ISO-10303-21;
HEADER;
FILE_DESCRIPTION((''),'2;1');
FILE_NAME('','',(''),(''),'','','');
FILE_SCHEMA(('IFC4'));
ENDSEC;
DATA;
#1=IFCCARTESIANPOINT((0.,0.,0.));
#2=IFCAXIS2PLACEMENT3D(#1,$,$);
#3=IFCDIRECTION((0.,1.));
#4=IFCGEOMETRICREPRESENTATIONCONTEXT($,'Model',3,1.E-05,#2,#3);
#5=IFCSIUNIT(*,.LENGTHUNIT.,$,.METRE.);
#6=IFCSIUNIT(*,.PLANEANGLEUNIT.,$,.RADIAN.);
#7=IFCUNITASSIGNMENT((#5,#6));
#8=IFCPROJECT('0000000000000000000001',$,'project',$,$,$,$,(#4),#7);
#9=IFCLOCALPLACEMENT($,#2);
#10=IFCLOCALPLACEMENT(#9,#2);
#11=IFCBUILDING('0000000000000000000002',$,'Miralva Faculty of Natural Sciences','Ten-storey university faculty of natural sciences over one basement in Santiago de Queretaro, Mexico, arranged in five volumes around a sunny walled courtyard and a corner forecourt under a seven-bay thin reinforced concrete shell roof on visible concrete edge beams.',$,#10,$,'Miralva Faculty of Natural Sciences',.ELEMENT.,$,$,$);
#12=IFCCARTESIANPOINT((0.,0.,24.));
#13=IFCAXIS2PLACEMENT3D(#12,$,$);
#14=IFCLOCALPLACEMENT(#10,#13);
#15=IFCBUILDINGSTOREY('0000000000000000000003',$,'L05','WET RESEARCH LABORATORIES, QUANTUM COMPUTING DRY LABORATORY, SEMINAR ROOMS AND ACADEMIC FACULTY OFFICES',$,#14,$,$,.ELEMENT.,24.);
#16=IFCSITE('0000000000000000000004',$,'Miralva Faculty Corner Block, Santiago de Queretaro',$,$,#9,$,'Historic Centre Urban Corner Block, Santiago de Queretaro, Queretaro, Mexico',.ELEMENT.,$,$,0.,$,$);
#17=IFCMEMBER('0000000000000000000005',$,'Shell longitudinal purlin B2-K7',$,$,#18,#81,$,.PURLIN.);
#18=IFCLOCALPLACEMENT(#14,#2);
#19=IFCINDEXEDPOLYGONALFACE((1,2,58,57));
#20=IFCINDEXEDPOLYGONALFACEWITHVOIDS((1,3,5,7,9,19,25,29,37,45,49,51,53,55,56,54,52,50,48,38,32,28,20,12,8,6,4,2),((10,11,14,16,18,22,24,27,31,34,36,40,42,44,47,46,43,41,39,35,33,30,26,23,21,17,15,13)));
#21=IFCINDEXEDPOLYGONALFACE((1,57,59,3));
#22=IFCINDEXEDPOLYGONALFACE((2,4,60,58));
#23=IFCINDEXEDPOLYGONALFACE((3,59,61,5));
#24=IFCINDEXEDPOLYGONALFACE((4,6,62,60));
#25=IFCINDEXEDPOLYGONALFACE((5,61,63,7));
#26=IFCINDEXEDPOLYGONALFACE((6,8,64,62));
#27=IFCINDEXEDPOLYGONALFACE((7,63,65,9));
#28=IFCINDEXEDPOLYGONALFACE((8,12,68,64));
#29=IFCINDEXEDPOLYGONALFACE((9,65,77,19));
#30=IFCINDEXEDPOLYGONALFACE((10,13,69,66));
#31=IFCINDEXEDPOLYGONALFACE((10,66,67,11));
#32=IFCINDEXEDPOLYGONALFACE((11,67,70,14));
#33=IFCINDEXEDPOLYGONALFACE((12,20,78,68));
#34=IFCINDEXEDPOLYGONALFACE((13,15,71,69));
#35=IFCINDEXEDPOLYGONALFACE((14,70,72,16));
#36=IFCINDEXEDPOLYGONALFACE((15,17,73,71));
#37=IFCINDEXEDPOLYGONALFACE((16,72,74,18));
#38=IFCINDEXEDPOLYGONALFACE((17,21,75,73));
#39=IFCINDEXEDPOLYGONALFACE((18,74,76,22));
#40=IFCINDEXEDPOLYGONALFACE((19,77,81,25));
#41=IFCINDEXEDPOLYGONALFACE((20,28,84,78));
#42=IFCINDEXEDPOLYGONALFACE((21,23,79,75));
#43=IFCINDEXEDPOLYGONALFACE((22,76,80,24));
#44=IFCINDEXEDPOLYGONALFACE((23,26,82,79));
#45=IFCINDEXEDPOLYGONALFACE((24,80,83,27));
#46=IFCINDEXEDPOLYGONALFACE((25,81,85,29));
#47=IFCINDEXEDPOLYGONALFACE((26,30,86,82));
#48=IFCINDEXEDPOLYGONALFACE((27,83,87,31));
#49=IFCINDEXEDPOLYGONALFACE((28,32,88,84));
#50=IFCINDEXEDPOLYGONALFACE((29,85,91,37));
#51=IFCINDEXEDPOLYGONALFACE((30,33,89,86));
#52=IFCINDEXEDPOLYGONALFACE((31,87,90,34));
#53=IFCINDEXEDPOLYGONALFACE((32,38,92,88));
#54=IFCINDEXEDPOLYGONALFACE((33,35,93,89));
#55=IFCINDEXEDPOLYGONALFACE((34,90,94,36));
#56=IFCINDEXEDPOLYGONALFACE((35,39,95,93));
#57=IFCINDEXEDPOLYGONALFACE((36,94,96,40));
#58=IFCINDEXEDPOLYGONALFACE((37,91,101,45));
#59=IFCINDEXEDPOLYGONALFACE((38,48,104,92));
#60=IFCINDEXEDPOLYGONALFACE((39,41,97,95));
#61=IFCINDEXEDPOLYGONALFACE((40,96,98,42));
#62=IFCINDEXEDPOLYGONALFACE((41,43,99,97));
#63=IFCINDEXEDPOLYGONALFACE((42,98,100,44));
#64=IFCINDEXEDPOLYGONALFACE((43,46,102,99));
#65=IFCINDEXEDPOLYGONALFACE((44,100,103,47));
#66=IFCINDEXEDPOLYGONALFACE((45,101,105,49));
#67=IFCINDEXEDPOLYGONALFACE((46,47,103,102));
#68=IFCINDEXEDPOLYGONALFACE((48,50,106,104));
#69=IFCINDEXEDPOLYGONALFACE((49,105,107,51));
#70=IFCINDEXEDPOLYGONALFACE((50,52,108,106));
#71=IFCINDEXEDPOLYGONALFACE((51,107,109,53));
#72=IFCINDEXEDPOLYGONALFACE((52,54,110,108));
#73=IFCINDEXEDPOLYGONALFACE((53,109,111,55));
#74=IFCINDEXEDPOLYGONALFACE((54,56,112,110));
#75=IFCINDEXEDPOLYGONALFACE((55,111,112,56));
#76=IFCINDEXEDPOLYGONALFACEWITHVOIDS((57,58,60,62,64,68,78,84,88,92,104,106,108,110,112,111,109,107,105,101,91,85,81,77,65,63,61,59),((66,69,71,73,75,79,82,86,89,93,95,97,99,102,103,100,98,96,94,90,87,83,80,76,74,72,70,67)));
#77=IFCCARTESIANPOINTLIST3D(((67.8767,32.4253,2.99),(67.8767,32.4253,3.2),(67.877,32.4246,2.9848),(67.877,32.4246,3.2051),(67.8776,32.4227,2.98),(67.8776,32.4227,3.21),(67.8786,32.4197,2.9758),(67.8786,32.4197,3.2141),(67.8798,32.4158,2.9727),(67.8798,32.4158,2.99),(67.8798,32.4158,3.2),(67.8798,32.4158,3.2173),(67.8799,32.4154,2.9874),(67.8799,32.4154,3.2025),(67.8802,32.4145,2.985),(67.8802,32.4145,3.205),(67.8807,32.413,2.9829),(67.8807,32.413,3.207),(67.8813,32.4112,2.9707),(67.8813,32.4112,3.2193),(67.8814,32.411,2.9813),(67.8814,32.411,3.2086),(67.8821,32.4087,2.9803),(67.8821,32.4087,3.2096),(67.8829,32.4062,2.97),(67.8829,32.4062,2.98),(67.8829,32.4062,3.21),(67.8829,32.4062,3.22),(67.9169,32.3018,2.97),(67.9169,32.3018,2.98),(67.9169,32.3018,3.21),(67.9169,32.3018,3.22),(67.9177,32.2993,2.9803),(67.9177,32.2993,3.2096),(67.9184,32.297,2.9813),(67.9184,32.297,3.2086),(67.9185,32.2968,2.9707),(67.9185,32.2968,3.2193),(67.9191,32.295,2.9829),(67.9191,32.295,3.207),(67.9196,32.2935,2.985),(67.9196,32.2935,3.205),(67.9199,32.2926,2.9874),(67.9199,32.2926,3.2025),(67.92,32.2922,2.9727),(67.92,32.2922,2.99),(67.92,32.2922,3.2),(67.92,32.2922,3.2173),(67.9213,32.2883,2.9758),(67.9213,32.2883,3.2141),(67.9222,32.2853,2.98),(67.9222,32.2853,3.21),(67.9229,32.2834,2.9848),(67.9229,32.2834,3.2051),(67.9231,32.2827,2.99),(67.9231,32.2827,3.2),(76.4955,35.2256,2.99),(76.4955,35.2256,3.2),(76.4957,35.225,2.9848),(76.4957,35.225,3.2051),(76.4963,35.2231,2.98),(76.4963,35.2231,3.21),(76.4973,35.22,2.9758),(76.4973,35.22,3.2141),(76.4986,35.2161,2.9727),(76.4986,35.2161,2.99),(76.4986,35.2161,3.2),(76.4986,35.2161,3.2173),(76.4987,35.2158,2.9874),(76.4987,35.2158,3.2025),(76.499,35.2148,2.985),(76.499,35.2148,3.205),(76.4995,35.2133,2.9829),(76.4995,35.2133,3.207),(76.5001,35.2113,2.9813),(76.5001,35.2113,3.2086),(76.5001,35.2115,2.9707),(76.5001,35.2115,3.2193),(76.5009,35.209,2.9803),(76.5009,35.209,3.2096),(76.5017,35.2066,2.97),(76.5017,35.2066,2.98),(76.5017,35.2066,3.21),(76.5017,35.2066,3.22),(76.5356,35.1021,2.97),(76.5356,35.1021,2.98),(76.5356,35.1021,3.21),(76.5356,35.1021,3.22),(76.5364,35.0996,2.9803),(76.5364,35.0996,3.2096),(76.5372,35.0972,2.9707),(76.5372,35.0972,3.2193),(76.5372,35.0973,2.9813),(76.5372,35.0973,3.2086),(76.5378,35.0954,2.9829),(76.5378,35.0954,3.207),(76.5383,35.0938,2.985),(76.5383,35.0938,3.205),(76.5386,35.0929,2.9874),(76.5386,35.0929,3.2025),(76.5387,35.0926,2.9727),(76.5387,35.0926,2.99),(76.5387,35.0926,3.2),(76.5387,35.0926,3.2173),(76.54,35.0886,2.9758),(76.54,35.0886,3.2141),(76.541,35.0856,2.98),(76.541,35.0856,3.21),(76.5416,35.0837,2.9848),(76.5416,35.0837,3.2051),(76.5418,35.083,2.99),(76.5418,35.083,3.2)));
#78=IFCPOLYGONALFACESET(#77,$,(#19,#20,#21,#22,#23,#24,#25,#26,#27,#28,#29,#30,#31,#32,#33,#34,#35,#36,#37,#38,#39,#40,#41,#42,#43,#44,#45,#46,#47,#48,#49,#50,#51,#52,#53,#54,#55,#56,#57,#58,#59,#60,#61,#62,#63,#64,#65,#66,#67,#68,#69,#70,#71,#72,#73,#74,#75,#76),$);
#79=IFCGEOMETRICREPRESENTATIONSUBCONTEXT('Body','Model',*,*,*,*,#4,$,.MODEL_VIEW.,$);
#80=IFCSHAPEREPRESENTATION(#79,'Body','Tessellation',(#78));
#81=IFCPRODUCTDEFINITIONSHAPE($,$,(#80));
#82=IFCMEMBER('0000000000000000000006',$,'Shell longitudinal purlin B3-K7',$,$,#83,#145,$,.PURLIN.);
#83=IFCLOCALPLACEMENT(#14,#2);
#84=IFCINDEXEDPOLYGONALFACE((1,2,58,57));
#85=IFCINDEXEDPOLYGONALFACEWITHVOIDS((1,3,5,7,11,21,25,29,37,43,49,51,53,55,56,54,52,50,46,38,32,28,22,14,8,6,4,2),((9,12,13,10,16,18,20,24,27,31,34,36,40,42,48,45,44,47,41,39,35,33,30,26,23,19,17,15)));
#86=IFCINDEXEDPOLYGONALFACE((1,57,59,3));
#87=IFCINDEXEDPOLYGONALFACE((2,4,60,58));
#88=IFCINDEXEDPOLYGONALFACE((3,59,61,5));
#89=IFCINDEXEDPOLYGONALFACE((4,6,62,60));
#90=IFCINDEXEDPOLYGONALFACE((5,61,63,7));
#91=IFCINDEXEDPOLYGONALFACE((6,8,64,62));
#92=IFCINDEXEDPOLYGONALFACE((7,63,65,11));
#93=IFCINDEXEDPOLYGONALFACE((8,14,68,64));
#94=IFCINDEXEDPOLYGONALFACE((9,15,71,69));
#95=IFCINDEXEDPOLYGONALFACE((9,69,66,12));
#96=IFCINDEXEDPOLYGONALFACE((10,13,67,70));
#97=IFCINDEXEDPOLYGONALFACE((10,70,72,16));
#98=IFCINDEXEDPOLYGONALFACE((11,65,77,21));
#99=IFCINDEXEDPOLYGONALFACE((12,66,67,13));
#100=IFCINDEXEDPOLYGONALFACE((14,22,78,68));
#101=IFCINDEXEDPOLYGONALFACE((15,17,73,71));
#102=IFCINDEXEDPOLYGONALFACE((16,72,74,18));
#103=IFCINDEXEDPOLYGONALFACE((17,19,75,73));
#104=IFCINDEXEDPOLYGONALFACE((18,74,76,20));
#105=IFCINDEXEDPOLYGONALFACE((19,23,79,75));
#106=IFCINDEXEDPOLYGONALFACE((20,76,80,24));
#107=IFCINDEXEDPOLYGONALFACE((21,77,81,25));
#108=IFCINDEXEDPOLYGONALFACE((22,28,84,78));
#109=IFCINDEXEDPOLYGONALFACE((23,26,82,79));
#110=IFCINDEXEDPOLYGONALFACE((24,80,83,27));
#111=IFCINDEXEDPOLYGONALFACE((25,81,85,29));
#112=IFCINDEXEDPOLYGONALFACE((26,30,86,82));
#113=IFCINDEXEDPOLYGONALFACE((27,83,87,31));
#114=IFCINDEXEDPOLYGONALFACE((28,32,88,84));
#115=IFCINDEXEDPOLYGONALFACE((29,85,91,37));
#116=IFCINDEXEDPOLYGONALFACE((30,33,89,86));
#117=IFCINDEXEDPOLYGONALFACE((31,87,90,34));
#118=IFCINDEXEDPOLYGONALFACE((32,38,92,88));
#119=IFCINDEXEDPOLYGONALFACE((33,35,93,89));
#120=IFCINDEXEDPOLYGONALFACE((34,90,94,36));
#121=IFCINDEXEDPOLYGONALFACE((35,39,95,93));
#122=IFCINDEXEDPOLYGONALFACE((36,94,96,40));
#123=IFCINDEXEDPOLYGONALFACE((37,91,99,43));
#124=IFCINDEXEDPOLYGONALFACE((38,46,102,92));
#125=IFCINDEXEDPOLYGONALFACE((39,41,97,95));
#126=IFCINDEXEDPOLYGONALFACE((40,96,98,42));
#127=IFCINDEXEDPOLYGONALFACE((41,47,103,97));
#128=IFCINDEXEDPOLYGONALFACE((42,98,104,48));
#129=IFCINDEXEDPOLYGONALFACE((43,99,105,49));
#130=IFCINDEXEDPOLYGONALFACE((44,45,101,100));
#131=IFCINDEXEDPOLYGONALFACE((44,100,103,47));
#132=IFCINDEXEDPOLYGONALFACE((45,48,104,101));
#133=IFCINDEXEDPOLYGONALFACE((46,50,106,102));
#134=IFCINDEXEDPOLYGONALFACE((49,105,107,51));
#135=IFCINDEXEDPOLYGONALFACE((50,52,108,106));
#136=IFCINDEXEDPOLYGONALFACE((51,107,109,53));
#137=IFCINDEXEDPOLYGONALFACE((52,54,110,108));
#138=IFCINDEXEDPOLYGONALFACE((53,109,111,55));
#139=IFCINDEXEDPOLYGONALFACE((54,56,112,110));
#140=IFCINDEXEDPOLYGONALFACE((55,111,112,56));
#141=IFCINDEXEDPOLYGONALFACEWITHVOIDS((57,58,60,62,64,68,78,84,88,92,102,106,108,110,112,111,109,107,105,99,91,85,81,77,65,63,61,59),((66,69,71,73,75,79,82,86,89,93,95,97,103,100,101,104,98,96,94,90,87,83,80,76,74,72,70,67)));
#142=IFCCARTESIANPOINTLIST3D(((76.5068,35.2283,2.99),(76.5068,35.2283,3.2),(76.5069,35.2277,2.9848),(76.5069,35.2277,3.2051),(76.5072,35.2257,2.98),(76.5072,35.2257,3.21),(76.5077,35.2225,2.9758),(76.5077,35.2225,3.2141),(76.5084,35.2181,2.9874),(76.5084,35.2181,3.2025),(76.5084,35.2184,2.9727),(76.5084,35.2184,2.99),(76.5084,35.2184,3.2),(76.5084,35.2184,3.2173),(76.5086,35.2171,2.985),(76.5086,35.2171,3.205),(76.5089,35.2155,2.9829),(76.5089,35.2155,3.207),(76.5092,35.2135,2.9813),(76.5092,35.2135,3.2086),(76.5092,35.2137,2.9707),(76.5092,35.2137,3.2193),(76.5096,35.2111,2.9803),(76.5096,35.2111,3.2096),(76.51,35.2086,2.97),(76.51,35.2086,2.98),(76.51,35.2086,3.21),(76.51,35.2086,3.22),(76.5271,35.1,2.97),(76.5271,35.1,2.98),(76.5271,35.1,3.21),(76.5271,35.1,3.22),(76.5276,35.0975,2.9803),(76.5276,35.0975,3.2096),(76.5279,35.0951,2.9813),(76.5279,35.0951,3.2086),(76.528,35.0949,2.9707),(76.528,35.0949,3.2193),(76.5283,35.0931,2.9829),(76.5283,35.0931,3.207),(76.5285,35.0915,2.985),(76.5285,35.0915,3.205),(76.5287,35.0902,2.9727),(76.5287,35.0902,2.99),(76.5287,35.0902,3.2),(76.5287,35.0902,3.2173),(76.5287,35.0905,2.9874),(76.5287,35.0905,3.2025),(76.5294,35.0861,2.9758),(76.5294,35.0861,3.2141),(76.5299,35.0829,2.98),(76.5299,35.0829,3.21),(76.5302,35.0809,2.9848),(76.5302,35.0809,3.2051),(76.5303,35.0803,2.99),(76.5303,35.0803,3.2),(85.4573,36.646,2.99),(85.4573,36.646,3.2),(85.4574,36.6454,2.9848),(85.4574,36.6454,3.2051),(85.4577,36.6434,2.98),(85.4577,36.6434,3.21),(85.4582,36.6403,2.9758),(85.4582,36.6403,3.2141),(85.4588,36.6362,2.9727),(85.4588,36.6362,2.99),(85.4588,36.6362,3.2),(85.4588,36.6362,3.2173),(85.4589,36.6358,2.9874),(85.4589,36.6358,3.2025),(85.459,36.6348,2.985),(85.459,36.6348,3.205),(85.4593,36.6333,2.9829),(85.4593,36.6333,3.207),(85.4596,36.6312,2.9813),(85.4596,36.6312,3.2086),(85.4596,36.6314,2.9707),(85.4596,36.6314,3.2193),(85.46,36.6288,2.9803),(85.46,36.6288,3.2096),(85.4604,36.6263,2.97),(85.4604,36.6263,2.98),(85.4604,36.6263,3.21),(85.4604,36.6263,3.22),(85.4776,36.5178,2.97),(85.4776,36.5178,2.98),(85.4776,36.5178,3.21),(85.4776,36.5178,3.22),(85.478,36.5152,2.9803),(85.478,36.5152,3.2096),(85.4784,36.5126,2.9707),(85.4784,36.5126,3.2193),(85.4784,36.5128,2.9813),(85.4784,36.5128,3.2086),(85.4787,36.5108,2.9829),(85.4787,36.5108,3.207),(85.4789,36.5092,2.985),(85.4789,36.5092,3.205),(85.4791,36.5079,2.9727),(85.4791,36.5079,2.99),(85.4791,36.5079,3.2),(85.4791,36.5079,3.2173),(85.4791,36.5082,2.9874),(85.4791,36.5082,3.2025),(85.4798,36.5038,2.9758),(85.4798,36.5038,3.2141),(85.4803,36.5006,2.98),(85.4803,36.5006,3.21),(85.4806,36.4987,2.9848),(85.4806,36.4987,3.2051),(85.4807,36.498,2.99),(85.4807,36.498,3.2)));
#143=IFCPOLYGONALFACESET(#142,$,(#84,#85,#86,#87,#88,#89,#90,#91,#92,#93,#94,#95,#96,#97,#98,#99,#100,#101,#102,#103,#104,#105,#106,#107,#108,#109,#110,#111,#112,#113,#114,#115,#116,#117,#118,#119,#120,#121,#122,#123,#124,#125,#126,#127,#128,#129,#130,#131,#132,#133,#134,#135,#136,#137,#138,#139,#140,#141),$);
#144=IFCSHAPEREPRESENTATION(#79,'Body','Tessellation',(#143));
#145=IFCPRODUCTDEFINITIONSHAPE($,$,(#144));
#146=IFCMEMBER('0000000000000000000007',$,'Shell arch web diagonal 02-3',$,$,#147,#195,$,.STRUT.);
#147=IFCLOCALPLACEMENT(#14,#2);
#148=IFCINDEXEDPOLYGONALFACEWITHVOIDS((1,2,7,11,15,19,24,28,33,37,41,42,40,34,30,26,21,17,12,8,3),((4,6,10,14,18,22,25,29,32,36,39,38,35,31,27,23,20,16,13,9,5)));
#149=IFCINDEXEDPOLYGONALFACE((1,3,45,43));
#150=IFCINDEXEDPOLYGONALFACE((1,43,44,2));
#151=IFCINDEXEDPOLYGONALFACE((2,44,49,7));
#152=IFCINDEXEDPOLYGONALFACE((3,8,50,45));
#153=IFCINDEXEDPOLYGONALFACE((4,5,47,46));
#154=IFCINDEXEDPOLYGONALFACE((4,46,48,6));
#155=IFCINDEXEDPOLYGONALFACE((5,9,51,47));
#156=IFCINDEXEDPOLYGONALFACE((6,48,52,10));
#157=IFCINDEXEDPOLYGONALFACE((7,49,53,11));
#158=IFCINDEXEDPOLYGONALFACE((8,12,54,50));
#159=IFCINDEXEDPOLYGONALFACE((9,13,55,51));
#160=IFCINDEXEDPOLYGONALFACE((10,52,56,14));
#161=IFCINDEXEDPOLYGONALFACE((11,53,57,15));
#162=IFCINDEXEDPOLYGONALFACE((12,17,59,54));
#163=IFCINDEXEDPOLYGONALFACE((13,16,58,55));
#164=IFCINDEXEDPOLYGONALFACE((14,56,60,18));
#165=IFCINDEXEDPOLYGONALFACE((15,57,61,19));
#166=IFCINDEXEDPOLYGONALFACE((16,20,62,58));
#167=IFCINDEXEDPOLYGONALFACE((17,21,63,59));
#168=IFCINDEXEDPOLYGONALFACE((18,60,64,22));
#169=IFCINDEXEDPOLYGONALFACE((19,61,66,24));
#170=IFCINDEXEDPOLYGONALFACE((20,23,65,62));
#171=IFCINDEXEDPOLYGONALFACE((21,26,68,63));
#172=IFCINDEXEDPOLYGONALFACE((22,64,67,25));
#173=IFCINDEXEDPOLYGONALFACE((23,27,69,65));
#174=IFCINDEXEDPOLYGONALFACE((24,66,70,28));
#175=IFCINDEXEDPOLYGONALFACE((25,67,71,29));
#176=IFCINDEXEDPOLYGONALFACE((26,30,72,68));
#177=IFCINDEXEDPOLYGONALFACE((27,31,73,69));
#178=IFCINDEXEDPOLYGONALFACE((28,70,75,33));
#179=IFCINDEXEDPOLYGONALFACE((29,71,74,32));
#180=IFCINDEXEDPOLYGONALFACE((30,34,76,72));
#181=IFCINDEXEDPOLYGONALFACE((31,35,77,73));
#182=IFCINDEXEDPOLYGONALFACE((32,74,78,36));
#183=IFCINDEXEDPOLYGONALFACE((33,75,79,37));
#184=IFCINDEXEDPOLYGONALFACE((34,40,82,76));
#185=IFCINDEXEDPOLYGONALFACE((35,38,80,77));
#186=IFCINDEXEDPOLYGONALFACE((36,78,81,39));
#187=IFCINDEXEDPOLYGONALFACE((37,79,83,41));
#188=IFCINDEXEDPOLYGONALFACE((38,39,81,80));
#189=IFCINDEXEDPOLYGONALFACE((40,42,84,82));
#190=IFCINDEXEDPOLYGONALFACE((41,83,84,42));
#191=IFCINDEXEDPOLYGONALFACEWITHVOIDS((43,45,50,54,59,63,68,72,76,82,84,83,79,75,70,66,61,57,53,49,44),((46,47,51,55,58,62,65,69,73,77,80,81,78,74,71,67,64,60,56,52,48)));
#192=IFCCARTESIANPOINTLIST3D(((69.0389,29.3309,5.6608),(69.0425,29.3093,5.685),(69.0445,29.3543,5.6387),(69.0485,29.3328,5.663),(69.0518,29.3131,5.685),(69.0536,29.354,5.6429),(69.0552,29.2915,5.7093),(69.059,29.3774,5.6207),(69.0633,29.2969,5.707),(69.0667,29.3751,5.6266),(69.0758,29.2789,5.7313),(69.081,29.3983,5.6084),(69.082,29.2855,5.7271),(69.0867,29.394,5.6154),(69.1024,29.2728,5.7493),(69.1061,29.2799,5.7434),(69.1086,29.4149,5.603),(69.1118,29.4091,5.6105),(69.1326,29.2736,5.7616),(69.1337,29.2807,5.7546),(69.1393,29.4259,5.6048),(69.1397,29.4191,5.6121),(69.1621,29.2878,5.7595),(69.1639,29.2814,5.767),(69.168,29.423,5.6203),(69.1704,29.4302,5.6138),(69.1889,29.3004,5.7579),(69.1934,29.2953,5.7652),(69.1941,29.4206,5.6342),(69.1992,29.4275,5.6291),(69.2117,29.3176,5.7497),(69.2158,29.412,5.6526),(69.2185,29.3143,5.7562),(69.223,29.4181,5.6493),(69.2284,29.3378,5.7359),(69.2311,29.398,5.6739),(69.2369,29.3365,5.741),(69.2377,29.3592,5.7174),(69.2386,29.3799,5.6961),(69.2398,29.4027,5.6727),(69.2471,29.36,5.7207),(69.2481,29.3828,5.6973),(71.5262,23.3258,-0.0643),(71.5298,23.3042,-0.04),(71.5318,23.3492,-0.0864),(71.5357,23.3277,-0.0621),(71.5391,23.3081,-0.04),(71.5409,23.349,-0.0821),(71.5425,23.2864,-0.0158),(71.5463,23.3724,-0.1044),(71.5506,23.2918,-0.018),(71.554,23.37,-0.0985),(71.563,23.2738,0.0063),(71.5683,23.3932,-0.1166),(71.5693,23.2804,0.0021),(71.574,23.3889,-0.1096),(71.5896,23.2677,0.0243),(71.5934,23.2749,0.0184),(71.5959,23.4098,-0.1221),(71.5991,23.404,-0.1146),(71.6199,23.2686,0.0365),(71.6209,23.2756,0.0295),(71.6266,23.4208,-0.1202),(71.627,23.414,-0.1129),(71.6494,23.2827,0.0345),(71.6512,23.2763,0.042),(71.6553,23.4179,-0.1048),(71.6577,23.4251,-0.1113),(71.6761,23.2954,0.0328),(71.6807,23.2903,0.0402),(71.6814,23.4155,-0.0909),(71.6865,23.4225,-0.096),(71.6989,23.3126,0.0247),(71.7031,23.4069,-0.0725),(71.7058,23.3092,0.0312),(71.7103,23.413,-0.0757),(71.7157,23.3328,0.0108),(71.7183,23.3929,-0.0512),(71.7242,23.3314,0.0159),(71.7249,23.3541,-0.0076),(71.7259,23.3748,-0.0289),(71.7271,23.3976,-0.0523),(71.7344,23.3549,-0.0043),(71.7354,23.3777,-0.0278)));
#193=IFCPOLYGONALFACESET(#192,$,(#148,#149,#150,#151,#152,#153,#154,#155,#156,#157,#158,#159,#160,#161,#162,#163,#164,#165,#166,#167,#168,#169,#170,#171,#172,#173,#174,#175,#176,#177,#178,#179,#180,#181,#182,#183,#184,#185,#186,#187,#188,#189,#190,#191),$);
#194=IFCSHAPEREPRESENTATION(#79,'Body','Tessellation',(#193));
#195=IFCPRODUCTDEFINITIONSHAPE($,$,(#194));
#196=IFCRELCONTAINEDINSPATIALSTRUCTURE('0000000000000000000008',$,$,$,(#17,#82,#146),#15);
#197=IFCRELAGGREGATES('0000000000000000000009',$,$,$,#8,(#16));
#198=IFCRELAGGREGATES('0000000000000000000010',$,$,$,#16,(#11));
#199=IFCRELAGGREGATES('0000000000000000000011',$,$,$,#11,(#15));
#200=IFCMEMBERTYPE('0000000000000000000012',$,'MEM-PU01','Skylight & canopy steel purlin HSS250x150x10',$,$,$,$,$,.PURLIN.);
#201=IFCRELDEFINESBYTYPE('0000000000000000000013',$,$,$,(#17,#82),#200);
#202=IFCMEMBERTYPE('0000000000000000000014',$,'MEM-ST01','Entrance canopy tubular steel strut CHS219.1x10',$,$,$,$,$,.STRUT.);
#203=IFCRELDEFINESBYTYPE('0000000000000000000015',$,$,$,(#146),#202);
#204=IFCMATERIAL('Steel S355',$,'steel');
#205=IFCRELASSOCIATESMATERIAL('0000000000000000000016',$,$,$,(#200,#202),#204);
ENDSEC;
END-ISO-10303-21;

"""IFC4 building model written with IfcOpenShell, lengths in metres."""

from ifc_helpers import new_model, si_unit, direction, frame, origin, origin_2d, place, context, subcontext, project, spatial, hollow_rectangle, hollow_circle, extrude, material, material_profile, profile_set, type_object, element, save


model = new_model("IFC4")

# Units and contexts
model_context = context("Model", 3, precision=1e-05, world=origin(), true_north=direction((0.0, 1.0)))
body_context = subcontext(model_context, "Body", "Model", "MODEL_VIEW")
ifc_project = project(units=[si_unit("LENGTHUNIT", "METRE"), si_unit("PLANEANGLEUNIT", "RADIAN")], contexts=[model_context])

# Site, building, storey
site_placement = place(None, origin())
site = spatial("IfcSite", under=ifc_project, at=site_placement, Name="Miralva Faculty Corner Block, Santiago de Queretaro", LongName="Historic Centre Urban Corner Block, Santiago de Queretaro, Queretaro, Mexico", CompositionType="ELEMENT", RefElevation=0.0)
building_placement = place(site_placement, origin())
building = spatial("IfcBuilding", under=site, at=building_placement, Name="Miralva Faculty of Natural Sciences", Description="Ten-storey university faculty of natural sciences over one basement in Santiago de Queretaro, Mexico, arranged in five volumes around a sunny walled courtyard and a corner forecourt under a seven-bay thin reinforced concrete shell roof on visible concrete edge beams.", LongName="Miralva Faculty of Natural Sciences", CompositionType="ELEMENT")
storey_placement = place(building_placement, frame((0.0, 0.0, 24.0)))
storey = spatial("IfcBuildingStorey", under=building, at=storey_placement, Name="L05", Description="WET RESEARCH LABORATORIES, QUANTUM COMPUTING DRY LABORATORY, SEMINAR ROOMS AND ACADEMIC FACULTY OFFICES", CompositionType="ELEMENT", Elevation=24.0)

# Shared definitions
ifc_material_1 = material(Name="Steel S355", Category="steel")

# Members
ifc_material_profile_1 = material_profile(ifc_material_1, hollow_rectangle(XDim=0.1499, YDim=0.25, WallThickness=0.01, InnerFilletRadius=0.01, OuterFilletRadius=0.02, at=origin_2d()), Name="HSS 250x150x10")
ifc_profile_set_1 = profile_set([ifc_material_profile_1], Name="Steel S355")
member_type_1 = type_object("IfcMemberType", Name="MEM-PU01", Description="Skylight & canopy steel purlin HSS250x150x10", PredefinedType="PURLIN", material=ifc_profile_set_1)
member_1_placement = place(storey_placement, frame((67.8999, 32.354, 3.095), z_axis=(0.951059, 0.309009, 0.0), x_axis=(-0.309009, 0.951059, 0.0)))
element("IfcMember", 1, at=member_1_placement, inside=storey, type_object=member_type_1, Name="Shell longitudinal purlin B2-K7", PredefinedType="PURLIN", context=body_context, shape_type="SweptSolid", body=[
    extrude(hollow_rectangle(XDim=0.1499, YDim=0.25, WallThickness=0.01, InnerFilletRadius=0.01, OuterFilletRadius=0.02, at=origin_2d()), origin(), (0.0, 0.0, 1.0), 9.0623),
])
member_2_placement = place(storey_placement, frame((76.5186, 35.1543, 3.095), z_axis=(0.987686, 0.156447, 0.0), x_axis=(-0.156447, 0.987686, 0.0)))
element("IfcMember", 2, at=member_2_placement, inside=storey, type_object=member_type_1, Name="Shell longitudinal purlin B3-K7", PredefinedType="PURLIN", context=body_context, shape_type="SweptSolid", body=[
    extrude(hollow_rectangle(XDim=0.1499, YDim=0.25, WallThickness=0.01, InnerFilletRadius=0.01, OuterFilletRadius=0.02, at=origin_2d()), origin(), (0.0, 0.0, 1.0), 9.062),
])
ifc_material_profile_2 = material_profile(ifc_material_1, hollow_circle(Radius=0.1096, WallThickness=0.01, at=origin_2d()), Name="CHS 219.1x10")
ifc_profile_set_2 = profile_set([ifc_material_profile_2], Name="Steel S355")
member_type_2 = type_object("IfcMemberType", Name="MEM-ST01", Description="Entrance canopy tubular steel strut CHS219.1x10", PredefinedType="STRUT", material=ifc_profile_set_2)
member_3_placement = place(storey_placement, frame((71.6311, 23.3462, -0.04), z_axis=(-0.287161, 0.693297, 0.660967), x_axis=(-0.923885, -0.38267, 0.0)))
element("IfcMember", 3, at=member_3_placement, inside=storey, type_object=member_type_2, Name="Shell arch web diagonal 02-3", PredefinedType="STRUT", context=body_context, shape_type="SweptSolid", body=[
    extrude(hollow_circle(Radius=0.1096, WallThickness=0.01, at=origin_2d()), origin(), (0.0, 0.0, 1.0), 8.6616),
])

save(model, "model.ifc")
